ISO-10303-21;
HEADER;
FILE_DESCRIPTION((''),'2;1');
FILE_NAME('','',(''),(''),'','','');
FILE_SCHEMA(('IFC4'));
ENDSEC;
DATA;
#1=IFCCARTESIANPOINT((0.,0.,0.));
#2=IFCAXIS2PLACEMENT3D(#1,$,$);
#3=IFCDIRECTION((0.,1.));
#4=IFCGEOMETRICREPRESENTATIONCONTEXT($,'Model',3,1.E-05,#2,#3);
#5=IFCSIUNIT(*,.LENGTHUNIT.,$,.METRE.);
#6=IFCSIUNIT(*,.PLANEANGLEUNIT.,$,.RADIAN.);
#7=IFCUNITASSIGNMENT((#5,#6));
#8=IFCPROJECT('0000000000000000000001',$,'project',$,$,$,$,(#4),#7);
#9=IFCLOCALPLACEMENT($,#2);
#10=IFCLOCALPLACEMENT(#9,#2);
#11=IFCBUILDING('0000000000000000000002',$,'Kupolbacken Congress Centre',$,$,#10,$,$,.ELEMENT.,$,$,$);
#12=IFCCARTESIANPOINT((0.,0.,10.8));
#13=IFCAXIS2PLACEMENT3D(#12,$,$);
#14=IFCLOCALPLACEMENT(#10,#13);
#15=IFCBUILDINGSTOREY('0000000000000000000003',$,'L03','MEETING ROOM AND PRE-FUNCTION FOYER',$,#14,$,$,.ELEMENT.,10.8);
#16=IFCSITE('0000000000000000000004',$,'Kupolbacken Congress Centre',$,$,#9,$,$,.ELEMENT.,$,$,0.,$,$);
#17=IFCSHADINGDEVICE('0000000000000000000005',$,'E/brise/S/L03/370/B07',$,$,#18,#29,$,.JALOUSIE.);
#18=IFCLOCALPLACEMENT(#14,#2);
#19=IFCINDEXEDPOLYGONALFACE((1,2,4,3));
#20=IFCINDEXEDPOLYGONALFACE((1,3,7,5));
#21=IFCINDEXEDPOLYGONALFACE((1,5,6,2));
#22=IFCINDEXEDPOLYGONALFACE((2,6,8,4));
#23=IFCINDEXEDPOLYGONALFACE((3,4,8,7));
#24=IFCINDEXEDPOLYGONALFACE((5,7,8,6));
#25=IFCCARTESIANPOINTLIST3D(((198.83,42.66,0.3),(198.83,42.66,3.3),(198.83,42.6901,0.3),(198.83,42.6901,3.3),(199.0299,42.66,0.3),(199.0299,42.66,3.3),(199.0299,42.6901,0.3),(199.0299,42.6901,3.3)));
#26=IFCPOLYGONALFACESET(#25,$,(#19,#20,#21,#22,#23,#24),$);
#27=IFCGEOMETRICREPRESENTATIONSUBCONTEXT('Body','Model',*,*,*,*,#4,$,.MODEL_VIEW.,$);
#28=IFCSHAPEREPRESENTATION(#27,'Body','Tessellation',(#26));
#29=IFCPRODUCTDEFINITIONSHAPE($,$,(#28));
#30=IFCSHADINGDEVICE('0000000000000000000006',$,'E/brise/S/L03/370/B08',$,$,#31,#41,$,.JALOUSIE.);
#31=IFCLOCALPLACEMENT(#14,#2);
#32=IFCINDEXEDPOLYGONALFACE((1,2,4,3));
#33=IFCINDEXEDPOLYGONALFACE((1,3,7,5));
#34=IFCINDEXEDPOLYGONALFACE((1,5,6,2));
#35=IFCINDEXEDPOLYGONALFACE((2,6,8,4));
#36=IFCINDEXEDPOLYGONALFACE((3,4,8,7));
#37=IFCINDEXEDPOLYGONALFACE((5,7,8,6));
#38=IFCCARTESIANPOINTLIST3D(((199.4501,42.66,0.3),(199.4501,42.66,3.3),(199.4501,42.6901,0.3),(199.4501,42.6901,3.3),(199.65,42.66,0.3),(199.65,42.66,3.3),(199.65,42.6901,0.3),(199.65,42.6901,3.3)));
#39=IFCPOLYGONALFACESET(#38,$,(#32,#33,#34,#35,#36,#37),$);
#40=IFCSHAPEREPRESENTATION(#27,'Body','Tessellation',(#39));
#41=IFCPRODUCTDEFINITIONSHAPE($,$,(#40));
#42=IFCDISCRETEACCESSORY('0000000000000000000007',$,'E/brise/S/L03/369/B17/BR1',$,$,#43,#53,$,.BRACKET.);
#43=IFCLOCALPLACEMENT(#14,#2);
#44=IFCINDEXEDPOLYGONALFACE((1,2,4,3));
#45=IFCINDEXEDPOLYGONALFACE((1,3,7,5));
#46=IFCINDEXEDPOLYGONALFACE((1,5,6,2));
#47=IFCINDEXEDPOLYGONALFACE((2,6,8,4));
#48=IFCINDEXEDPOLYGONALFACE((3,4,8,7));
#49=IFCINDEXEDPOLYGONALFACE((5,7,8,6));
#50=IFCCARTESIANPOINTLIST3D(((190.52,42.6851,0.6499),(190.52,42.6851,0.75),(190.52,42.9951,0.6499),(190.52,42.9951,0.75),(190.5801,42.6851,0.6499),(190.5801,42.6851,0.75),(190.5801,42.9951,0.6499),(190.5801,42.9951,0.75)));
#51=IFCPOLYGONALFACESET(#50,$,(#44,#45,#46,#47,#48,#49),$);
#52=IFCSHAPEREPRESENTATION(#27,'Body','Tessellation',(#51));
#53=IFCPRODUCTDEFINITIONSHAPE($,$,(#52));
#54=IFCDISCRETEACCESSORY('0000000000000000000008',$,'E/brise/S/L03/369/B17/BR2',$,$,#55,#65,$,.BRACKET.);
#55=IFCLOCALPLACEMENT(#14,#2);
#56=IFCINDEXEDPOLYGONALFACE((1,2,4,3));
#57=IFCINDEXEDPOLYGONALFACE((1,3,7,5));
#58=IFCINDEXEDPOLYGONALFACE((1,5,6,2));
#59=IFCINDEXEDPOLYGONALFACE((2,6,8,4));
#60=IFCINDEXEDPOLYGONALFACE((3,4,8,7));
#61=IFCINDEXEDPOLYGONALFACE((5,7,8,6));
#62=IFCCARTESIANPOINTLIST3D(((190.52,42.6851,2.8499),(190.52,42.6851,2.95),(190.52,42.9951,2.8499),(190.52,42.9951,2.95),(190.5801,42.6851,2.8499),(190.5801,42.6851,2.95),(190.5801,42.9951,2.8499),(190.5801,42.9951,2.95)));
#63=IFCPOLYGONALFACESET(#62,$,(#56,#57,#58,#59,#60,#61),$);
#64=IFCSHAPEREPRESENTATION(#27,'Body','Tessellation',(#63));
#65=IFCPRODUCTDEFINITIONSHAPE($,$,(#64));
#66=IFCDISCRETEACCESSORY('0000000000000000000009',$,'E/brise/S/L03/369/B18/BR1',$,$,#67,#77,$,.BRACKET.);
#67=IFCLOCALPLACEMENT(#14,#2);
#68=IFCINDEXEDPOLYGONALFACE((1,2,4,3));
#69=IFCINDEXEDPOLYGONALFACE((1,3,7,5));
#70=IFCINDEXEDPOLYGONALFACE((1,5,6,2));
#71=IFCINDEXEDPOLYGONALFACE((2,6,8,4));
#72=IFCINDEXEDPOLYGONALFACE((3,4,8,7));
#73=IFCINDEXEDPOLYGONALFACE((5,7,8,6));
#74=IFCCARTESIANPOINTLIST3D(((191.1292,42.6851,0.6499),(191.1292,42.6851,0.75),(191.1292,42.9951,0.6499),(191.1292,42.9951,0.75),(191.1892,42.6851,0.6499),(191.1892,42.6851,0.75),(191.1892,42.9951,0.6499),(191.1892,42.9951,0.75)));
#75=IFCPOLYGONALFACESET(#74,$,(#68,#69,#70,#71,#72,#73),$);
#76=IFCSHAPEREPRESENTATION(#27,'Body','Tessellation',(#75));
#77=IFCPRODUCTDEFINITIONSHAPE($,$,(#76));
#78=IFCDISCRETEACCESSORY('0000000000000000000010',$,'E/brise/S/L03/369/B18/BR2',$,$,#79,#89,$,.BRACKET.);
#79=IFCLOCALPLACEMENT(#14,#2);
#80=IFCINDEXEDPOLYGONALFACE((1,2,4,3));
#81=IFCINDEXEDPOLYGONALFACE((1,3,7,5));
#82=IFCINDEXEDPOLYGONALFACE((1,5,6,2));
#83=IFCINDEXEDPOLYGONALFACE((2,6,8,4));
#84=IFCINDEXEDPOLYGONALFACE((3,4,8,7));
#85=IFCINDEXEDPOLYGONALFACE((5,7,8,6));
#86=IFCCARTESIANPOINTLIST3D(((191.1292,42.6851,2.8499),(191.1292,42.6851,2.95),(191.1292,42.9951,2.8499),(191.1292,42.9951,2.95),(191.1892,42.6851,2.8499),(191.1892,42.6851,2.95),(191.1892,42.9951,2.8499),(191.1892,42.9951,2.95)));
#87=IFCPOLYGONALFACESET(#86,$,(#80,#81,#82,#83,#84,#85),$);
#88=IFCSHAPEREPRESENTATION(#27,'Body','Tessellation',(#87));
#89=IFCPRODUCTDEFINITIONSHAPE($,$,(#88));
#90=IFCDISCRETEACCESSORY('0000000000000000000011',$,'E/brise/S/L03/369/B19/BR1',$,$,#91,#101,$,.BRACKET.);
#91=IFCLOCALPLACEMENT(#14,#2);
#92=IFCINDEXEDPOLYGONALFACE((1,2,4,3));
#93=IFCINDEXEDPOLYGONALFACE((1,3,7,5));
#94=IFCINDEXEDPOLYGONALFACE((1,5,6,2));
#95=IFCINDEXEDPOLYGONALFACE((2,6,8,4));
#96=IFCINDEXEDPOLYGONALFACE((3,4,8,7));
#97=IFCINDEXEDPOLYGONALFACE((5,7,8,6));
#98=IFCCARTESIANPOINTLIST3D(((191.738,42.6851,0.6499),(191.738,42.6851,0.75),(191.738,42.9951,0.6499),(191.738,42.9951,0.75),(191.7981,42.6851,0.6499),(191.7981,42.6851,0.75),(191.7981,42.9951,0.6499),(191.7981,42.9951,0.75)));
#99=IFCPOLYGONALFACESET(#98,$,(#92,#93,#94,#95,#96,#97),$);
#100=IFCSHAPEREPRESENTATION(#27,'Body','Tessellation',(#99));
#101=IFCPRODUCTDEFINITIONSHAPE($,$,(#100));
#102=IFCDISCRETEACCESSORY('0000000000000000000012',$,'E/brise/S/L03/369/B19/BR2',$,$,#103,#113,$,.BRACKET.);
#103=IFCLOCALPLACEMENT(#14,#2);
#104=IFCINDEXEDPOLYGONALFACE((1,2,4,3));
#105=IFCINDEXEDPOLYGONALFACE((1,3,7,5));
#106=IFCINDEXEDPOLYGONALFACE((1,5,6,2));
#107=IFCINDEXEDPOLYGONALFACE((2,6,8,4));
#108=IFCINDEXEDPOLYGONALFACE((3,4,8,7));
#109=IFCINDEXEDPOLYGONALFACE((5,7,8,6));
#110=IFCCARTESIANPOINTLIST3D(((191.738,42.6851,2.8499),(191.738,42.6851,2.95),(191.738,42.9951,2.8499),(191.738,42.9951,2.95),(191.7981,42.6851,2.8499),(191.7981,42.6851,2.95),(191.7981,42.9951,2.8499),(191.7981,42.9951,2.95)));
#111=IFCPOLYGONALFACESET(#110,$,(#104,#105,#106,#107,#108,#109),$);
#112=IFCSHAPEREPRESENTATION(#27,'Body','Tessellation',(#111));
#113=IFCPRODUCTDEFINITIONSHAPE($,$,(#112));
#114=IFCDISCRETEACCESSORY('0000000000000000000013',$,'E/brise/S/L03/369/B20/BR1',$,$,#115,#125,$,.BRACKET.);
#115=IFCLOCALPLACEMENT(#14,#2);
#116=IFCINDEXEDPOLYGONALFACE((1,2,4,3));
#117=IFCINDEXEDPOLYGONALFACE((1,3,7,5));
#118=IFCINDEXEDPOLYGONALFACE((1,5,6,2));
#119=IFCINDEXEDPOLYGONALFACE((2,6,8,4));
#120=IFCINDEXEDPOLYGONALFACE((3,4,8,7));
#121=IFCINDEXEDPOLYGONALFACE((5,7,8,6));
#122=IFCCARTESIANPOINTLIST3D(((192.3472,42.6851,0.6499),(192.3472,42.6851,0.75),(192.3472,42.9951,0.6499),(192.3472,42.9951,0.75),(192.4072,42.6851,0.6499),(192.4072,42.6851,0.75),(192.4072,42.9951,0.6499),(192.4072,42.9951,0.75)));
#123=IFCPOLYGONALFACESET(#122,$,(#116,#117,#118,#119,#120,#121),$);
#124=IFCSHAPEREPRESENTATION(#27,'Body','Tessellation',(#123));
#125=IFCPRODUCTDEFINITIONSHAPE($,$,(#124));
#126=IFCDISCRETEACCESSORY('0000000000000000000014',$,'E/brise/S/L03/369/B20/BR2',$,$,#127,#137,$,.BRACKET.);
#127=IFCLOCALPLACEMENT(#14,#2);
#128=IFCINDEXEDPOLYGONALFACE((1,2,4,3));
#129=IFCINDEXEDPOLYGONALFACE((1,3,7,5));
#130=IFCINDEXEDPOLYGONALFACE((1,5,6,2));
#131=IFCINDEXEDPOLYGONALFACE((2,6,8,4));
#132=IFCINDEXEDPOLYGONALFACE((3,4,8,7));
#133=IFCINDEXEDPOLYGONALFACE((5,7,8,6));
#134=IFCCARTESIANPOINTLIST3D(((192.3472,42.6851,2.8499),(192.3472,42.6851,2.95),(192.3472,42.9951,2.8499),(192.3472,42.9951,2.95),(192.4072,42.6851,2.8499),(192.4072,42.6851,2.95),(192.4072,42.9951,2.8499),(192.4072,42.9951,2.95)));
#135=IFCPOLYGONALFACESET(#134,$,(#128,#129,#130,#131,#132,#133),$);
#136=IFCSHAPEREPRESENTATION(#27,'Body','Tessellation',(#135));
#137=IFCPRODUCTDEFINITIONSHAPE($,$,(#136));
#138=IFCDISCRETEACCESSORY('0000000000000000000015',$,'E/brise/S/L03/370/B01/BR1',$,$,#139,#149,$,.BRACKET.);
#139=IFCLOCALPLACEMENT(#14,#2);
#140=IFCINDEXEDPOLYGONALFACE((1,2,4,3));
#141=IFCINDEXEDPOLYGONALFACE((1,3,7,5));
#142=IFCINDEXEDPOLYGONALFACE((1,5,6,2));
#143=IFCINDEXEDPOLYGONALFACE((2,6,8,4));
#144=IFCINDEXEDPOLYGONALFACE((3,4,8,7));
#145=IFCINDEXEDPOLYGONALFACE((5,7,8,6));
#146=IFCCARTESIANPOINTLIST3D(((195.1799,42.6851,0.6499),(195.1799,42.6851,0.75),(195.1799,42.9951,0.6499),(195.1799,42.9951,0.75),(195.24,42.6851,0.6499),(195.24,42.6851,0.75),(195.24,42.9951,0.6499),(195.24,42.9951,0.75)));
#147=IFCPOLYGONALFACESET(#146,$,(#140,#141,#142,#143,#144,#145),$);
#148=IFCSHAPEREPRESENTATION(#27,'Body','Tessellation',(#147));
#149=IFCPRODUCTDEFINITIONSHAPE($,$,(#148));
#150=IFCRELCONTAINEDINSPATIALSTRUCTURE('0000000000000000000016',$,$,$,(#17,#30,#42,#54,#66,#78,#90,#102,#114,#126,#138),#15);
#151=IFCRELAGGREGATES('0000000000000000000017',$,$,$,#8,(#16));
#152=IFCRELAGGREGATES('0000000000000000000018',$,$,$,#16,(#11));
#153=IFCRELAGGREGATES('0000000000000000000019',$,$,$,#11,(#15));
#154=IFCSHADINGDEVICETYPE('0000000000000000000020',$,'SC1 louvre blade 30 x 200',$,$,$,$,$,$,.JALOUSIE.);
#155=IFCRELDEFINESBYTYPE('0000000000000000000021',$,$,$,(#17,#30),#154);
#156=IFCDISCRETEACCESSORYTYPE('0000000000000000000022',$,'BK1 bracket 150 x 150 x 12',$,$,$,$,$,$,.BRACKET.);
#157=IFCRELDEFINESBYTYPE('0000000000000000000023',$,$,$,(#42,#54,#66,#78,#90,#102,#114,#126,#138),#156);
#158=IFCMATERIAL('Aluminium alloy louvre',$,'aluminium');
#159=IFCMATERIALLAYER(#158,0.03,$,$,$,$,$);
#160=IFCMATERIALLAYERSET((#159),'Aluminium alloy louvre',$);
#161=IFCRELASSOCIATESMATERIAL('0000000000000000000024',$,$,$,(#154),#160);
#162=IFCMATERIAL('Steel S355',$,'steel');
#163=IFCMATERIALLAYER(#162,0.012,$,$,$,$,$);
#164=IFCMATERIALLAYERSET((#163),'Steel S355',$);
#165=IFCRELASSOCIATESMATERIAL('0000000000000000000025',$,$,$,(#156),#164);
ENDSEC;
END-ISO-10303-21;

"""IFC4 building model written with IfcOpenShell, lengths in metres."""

from ifc_helpers import new_model, si_unit, direction, frame, origin, origin_2d, place, context, subcontext, project, spatial, rectangle, extrude, material, layer, layer_set, type_object, element, save


model = new_model("IFC4")

# Units and contexts
model_context = context("Model", 3, precision=1e-05, world=origin(), true_north=direction((0.0, 1.0)))
body_context = subcontext(model_context, "Body", "Model", "MODEL_VIEW")
ifc_project = project(units=[si_unit("LENGTHUNIT", "METRE"), si_unit("PLANEANGLEUNIT", "RADIAN")], contexts=[model_context])

# Site, building, storey
site_placement = place(None, origin())
site = spatial("IfcSite", under=ifc_project, at=site_placement, Name="Kupolbacken Congress Centre", CompositionType="ELEMENT", RefElevation=0.0)
building_placement = place(site_placement, origin())
building = spatial("IfcBuilding", under=site, at=building_placement, Name="Kupolbacken Congress Centre", CompositionType="ELEMENT")
storey_placement = place(building_placement, frame((0.0, 0.0, 10.8)))
storey = spatial("IfcBuildingStorey", under=building, at=storey_placement, Name="L03", Description="MEETING ROOM AND PRE-FUNCTION FOYER", CompositionType="ELEMENT", Elevation=10.8)

# Shading devices
ifc_material_1 = material(Name="Aluminium alloy louvre", Category="aluminium")
ifc_layer_1 = layer(ifc_material_1, 0.03)
ifc_layer_set_1 = layer_set([ifc_layer_1], Name="Aluminium alloy louvre")
shading_device_type = type_object("IfcShadingDeviceType", Name="SC1 louvre blade 30 x 200", PredefinedType="JALOUSIE", material=ifc_layer_set_1)
for number, where, z_axis, x_axis, name in (
    (1, (198.9299, 42.675, 0.3), (0.0, 0.0, 1.0), (1.0, 0.0, 0.0), "E/brise/S/L03/370/B07"),
    (2, (199.55, 42.675, 0.3), (0.0, 0.0, 1.0), (1.0, 0.0, 0.0), "E/brise/S/L03/370/B08"),
):
    element("IfcShadingDevice", number, at=place(storey_placement, frame(where, z_axis=z_axis, x_axis=x_axis)), inside=storey, type_object=shading_device_type, Name=name, PredefinedType="JALOUSIE", context=body_context, shape_type="SweptSolid", body=[
        extrude(rectangle(XDim=0.2, YDim=0.03, at=origin_2d()), origin(), (0.0, 0.0, 1.0), 3.0),
    ])

# Discrete accessories
ifc_material_2 = material(Name="Steel S355", Category="steel")
ifc_layer_2 = layer(ifc_material_2, 0.012)
ifc_layer_set_2 = layer_set([ifc_layer_2], Name="Steel S355")
discrete_accessory_type = type_object("IfcDiscreteAccessoryType", Name="BK1 bracket 150 x 150 x 12", PredefinedType="BRACKET", material=ifc_layer_set_2)
for number, where, z_axis, x_axis, name in (
    (3, (190.55, 42.8401, 0.6499), (0.0, 0.0, 1.0), (1.0, 0.0, 0.0), "E/brise/S/L03/369/B17/BR1"),
    (4, (190.55, 42.8401, 2.8499), (0.0, 0.0, 1.0), (1.0, 0.0, 0.0), "E/brise/S/L03/369/B17/BR2"),
    (5, (191.1592, 42.8401, 0.6499), (0.0, 0.0, 1.0), (1.0, 0.0, 0.0), "E/brise/S/L03/369/B18/BR1"),
    (6, (191.1592, 42.8401, 2.8499), (0.0, 0.0, 1.0), (1.0, 0.0, 0.0), "E/brise/S/L03/369/B18/BR2"),
    (7, (191.7681, 42.8401, 0.6499), (0.0, 0.0, 1.0), (1.0, 0.0, 0.0), "E/brise/S/L03/369/B19/BR1"),
    (8, (191.7681, 42.8401, 2.8499), (0.0, 0.0, 1.0), (1.0, 0.0, 0.0), "E/brise/S/L03/369/B19/BR2"),
    (9, (192.3772, 42.8401, 0.6499), (0.0, 0.0, 1.0), (1.0, 0.0, 0.0), "E/brise/S/L03/369/B20/BR1"),
    (10, (192.3772, 42.8401, 2.8499), (0.0, 0.0, 1.0), (1.0, 0.0, 0.0), "E/brise/S/L03/369/B20/BR2"),
    (11, (195.21, 42.8401, 0.6499), (0.0, 0.0, 1.0), (1.0, 0.0, 0.0), "E/brise/S/L03/370/B01/BR1"),
):
    element("IfcDiscreteAccessory", number, at=place(storey_placement, frame(where, z_axis=z_axis, x_axis=x_axis)), inside=storey, type_object=discrete_accessory_type, Name=name, PredefinedType="BRACKET", context=body_context, shape_type="SweptSolid", body=[
        extrude(rectangle(XDim=0.0601, YDim=0.3101, at=origin_2d()), origin(), (0.0, 0.0, 1.0), 0.1001),
    ])

save(model, "model.ifc")
